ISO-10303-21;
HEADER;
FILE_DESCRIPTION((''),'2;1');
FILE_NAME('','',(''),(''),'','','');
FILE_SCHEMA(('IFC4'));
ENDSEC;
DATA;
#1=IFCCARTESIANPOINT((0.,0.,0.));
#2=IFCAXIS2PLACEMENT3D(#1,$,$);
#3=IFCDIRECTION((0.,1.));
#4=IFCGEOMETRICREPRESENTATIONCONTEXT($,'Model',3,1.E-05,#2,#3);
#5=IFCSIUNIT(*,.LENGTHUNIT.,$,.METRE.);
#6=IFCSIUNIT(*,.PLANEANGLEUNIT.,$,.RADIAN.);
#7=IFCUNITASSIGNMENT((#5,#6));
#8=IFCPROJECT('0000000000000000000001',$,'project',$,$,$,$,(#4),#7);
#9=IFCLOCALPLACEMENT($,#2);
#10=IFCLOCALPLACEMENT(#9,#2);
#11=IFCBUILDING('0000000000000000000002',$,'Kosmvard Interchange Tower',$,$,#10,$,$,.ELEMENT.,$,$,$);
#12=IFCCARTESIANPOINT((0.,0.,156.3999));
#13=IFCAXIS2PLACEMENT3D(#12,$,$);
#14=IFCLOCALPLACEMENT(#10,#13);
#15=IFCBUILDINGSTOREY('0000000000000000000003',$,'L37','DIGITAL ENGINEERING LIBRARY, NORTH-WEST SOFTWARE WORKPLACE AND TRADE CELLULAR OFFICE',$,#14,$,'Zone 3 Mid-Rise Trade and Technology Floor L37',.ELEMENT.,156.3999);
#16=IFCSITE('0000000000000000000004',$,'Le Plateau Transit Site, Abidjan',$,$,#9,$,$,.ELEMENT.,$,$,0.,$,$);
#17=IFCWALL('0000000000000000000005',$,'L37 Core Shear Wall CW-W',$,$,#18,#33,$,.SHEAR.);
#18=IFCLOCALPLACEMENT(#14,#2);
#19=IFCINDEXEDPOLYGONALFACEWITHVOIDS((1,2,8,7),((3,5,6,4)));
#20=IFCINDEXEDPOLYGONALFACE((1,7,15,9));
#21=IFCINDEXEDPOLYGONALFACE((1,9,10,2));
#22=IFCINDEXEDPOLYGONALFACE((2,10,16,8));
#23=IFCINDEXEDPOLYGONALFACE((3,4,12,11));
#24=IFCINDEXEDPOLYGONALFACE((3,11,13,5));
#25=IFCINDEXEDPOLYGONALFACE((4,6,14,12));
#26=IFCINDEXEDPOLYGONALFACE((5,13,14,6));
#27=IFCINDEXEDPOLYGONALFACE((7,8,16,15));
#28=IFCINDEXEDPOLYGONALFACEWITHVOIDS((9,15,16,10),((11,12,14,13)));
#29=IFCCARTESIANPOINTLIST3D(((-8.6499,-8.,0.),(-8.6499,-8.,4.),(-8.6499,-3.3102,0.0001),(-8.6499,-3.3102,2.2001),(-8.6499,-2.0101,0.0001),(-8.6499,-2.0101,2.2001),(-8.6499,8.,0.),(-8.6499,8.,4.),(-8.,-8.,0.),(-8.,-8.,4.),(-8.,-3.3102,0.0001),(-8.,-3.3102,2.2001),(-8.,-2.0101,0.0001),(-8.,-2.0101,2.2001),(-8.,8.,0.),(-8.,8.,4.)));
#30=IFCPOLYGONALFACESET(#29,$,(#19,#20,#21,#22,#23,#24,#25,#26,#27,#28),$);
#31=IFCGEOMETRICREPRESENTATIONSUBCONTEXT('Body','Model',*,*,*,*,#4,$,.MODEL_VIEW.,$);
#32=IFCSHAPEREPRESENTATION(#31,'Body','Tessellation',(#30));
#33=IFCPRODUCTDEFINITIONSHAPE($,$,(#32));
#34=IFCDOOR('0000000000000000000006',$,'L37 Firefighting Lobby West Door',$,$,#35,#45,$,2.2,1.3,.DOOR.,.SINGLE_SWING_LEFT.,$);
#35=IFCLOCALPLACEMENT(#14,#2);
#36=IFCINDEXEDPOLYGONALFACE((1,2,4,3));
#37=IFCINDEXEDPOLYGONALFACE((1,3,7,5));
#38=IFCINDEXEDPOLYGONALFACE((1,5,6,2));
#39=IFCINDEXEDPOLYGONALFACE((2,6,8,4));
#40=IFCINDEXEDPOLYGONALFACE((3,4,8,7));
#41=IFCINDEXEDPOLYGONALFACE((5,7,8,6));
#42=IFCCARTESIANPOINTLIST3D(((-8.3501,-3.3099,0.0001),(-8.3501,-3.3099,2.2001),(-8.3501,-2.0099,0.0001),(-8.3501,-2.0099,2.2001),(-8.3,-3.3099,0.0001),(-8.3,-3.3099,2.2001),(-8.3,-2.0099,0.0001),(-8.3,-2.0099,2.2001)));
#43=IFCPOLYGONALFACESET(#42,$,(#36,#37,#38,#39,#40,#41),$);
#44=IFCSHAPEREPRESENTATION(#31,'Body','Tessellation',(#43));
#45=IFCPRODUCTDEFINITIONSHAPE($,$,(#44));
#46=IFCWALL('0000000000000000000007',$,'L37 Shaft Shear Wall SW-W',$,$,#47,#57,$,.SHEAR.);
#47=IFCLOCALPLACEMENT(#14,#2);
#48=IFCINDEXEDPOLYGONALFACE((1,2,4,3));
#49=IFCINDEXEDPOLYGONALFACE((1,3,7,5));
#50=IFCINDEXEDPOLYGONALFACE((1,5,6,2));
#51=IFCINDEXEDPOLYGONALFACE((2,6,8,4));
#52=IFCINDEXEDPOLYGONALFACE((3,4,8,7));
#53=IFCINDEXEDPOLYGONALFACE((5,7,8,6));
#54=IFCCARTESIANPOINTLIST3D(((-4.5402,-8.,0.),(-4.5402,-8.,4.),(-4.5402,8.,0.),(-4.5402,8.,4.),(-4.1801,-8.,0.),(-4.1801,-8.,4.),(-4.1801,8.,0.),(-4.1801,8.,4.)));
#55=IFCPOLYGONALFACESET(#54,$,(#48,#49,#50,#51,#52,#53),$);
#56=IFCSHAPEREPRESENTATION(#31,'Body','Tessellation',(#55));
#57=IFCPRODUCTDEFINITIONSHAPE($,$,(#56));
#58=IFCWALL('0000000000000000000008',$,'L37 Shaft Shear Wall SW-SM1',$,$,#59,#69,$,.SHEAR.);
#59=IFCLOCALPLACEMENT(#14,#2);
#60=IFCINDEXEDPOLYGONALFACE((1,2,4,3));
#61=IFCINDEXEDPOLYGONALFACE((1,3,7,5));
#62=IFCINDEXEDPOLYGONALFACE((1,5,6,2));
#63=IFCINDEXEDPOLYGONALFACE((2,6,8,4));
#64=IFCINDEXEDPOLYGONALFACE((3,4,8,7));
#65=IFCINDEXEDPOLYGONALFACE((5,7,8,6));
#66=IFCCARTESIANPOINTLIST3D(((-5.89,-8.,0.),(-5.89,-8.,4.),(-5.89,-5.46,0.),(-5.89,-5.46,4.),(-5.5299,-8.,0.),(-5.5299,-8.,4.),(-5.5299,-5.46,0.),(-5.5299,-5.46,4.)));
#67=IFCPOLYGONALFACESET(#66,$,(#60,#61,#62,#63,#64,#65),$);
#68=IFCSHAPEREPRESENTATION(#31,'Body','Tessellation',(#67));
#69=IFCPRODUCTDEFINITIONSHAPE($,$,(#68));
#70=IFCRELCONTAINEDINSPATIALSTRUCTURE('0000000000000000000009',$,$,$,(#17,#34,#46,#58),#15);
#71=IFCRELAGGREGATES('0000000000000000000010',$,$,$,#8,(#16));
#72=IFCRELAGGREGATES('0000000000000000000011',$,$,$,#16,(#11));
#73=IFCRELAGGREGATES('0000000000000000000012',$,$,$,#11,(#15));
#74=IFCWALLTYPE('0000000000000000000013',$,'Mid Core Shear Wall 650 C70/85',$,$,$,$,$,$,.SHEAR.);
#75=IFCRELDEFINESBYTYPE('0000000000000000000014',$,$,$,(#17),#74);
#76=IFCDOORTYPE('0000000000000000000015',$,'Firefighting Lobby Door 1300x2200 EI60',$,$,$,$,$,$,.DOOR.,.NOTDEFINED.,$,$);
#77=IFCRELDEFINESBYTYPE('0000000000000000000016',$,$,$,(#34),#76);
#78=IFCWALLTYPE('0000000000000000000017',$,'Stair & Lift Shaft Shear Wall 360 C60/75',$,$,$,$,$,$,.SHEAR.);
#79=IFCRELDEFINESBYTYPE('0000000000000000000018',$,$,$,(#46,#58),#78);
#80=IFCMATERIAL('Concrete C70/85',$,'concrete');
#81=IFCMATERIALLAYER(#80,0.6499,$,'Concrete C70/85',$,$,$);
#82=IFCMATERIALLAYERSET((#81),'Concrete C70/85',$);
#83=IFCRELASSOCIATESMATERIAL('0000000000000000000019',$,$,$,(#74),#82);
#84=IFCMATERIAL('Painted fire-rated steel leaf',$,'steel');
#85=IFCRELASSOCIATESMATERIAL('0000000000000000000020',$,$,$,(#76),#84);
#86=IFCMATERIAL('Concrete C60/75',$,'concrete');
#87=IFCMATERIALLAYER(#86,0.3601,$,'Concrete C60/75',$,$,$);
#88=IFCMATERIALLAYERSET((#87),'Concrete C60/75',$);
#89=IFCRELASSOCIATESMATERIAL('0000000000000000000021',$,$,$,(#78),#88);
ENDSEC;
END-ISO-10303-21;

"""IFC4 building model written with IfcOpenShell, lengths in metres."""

from ifc_helpers import new_model, si_unit, direction, frame, frame_2d, origin, place, context, subcontext, project, spatial, rectangle, extrude, source, transform, mapped, material, layer, layer_set, type_object, element, fill, save


model = new_model("IFC4")

# Units and contexts
model_context = context("Model", 3, precision=1e-05, world=origin(), true_north=direction((0.0, 1.0)))
body_context = subcontext(model_context, "Body", "Model", "MODEL_VIEW")
ifc_project = project(units=[si_unit("LENGTHUNIT", "METRE"), si_unit("PLANEANGLEUNIT", "RADIAN")], contexts=[model_context])

# Site, building, storey
site_placement = place(None, origin())
site = spatial("IfcSite", under=ifc_project, at=site_placement, Name="Le Plateau Transit Site, Abidjan", CompositionType="ELEMENT", RefElevation=0.0)
building_placement = place(site_placement, origin())
building = spatial("IfcBuilding", under=site, at=building_placement, Name="Kosmvard Interchange Tower", CompositionType="ELEMENT")
storey_placement = place(building_placement, frame((0.0, 0.0, 156.3999)))
storey = spatial("IfcBuildingStorey", under=building, at=storey_placement, Name="L37", Description="DIGITAL ENGINEERING LIBRARY, NORTH-WEST SOFTWARE WORKPLACE AND TRADE CELLULAR OFFICE", LongName="Zone 3 Mid-Rise Trade and Technology Floor L37", CompositionType="ELEMENT", Elevation=156.3999)

# Shared definitions
ifc_material_1 = material(Name="Concrete C60/75", Category="concrete")

# Wall, opening, door
ifc_material_2 = material(Name="Concrete C70/85", Category="concrete")
ifc_layer_1 = layer(ifc_material_2, 0.6499, Name="Concrete C70/85")
ifc_layer_set_1 = layer_set([ifc_layer_1], Name="Concrete C70/85")
wall_type_1 = type_object("IfcWallType", Name="Mid Core Shear Wall 650 C70/85", PredefinedType="SHEAR", material=ifc_layer_set_1)
ifc_material_3 = material(Name="Painted fire-rated steel leaf", Category="steel")
door_type_1 = type_object("IfcDoorType", Name="Firefighting Lobby Door 1300x2200 EI60", OperationType="NOTDEFINED", PredefinedType="DOOR", material=ifc_material_3)
shared_shape_1 = source(origin(), body_context, "Body", "SweptSolid", [
    extrude(rectangle(XDim=1.3, YDim=2.2, at=frame_2d((0.6499, 1.1001))), frame((0.0, 0.0249, 0.0), z_axis=(0.0, -1.0, 0.0), x_axis=(1.0, 0.0, 0.0)), (0.0, 0.0, 1.0), 0.05),
])
wall_1_placement = place(storey_placement, frame((-8.325, -8.0, 0.0), z_axis=(0.0, 0.0, 1.0), x_axis=(0.0, 1.0, 0.0)))
wall_1 = element("IfcWall", 1, at=wall_1_placement, inside=storey, type_object=wall_type_1, Name="L37 Core Shear Wall CW-W", PredefinedType="SHEAR", context=body_context, shape_type="SweptSolid", body=[
    extrude(rectangle(XDim=16.0, YDim=0.6499, at=frame_2d((8.0, 0.0))), origin(), (0.0, 0.0, 1.0), 4.0),
])
opening_1_placement = place(wall_1_placement, frame((4.6899, 0.0, 0.0)))
opening_1 = element("IfcOpeningElement", 2, at=opening_1_placement, cuts=wall_1, PredefinedType="OPENING", context=body_context, shape_type="SweptSolid", body=[
    extrude(rectangle(XDim=1.3, YDim=2.2, at=frame_2d((0.6499, 1.1001))), frame((0.0, 0.335, 0.0), z_axis=(0.0, -1.0, 0.0), x_axis=(1.0, 0.0, 0.0)), (0.0, 0.0, 1.0), 0.6699),
])
door_1_placement = place(opening_1_placement, frame((1.3, 0.0, 0.0), z_axis=(0.0, 0.0, 1.0), x_axis=(-1.0, 0.0, 0.0)))
door_1 = element("IfcDoor", 3, at=door_1_placement, inside=storey, type_object=door_type_1, Name="L37 Firefighting Lobby West Door", OperationType="SINGLE_SWING_LEFT", OverallHeight=2.2, OverallWidth=1.3, PredefinedType="DOOR", context=body_context, shape_type="MappedRepresentation", body=[
    mapped(shared_shape_1, transform((0.0, 0.0, 0.0), scale=1.0)),
])
fill(opening_1, door_1)

# Walls
ifc_layer_2 = layer(ifc_material_1, 0.3601, Name="Concrete C60/75")
ifc_layer_set_2 = layer_set([ifc_layer_2], Name="Concrete C60/75")
wall_type_2 = type_object("IfcWallType", Name="Stair & Lift Shaft Shear Wall 360 C60/75", PredefinedType="SHEAR", material=ifc_layer_set_2)
wall_2_placement = place(storey_placement, frame((-4.3601, -8.0, 0.0), z_axis=(0.0, 0.0, 1.0), x_axis=(0.0, 1.0, 0.0)))
element("IfcWall", 4, at=wall_2_placement, inside=storey, type_object=wall_type_2, Name="L37 Shaft Shear Wall SW-W", PredefinedType="SHEAR", context=body_context, shape_type="SweptSolid", body=[
    extrude(rectangle(XDim=16.0, YDim=0.3601, at=frame_2d((8.0, 0.0))), origin(), (0.0, 0.0, 1.0), 4.0),
])
wall_3_placement = place(storey_placement, frame((-5.71, -8.0, 0.0), z_axis=(0.0, 0.0, 1.0), x_axis=(0.0, 1.0, 0.0)))
element("IfcWall", 5, at=wall_3_placement, inside=storey, type_object=wall_type_2, Name="L37 Shaft Shear Wall SW-SM1", PredefinedType="SHEAR", context=body_context, shape_type="SweptSolid", body=[
    extrude(rectangle(XDim=2.54, YDim=0.3601, at=frame_2d((1.27, 0.0))), origin(), (0.0, 0.0, 1.0), 4.0),
])

save(model, "model.ifc")
